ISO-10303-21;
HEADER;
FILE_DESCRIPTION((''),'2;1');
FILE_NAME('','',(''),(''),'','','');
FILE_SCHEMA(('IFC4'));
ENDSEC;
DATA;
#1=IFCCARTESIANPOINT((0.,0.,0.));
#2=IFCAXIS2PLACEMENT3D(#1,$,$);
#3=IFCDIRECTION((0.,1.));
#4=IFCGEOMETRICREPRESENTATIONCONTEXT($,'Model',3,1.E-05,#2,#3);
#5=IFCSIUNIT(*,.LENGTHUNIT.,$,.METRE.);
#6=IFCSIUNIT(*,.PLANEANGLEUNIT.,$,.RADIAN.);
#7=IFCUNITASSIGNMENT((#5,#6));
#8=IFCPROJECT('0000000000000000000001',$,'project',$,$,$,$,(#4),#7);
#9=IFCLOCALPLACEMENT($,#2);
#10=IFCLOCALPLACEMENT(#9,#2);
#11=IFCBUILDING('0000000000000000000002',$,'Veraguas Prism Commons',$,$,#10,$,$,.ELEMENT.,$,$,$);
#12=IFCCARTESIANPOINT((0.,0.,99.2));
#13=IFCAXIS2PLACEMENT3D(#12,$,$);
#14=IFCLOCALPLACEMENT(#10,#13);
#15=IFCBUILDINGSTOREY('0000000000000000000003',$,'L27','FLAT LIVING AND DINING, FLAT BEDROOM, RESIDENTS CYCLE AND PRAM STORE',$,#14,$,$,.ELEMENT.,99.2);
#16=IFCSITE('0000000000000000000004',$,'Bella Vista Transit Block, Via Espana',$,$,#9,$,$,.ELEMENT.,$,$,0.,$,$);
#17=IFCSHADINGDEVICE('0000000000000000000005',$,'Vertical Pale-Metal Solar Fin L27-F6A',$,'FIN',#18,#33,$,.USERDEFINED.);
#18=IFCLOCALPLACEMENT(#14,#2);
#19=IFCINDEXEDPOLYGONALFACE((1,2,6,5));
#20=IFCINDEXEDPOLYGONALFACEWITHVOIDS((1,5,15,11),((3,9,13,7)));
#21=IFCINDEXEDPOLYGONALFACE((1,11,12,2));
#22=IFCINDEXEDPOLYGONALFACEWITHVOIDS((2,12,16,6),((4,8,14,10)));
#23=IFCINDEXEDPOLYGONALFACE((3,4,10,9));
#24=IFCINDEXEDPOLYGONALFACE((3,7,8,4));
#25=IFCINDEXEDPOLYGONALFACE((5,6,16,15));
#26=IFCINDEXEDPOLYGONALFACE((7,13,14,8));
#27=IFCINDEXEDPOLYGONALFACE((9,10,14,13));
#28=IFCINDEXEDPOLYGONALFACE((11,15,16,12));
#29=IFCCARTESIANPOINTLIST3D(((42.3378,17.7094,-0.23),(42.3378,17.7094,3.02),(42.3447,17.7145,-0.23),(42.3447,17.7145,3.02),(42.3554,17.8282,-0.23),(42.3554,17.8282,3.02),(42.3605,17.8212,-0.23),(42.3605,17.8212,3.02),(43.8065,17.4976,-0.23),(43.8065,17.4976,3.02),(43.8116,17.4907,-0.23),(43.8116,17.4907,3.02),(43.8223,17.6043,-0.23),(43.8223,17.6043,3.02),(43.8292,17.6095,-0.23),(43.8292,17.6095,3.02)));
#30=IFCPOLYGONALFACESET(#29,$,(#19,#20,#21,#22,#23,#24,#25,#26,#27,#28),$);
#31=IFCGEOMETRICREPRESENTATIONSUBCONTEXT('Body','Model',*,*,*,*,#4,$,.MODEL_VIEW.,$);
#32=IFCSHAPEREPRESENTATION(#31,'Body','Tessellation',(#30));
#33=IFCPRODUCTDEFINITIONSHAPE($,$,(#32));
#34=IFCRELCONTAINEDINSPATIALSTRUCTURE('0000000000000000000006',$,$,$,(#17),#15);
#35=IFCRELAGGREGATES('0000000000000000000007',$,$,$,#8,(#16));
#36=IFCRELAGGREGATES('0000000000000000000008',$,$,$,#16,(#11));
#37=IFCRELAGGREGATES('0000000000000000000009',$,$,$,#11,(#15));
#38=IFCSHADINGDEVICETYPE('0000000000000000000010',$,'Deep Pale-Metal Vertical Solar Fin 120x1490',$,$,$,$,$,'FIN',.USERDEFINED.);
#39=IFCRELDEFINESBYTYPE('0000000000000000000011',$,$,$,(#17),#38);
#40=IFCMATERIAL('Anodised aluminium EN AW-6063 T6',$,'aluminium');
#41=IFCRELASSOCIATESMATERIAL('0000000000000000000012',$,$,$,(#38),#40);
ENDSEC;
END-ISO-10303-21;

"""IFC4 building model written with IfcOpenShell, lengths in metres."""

from ifc_helpers import new_model, si_unit, direction, frame, origin, origin_2d, place, context, subcontext, project, spatial, hollow_rectangle, extrude, material, material_profile, profile_set, type_object, element, save


model = new_model("IFC4")

# Units and contexts
model_context = context("Model", 3, precision=1e-05, world=origin(), true_north=direction((0.0, 1.0)))
body_context = subcontext(model_context, "Body", "Model", "MODEL_VIEW")
ifc_project = project(units=[si_unit("LENGTHUNIT", "METRE"), si_unit("PLANEANGLEUNIT", "RADIAN")], contexts=[model_context])

# Site, building, storey
site_placement = place(None, origin())
site = spatial("IfcSite", under=ifc_project, at=site_placement, Name="Bella Vista Transit Block, Via Espana", CompositionType="ELEMENT", RefElevation=0.0)
building_placement = place(site_placement, origin())
building = spatial("IfcBuilding", under=site, at=building_placement, Name="Veraguas Prism Commons", CompositionType="ELEMENT")
storey_placement = place(building_placement, frame((0.0, 0.0, 99.2)))
storey = spatial("IfcBuildingStorey", under=building, at=storey_placement, Name="L27", Description="FLAT LIVING AND DINING, FLAT BEDROOM, RESIDENTS CYCLE AND PRAM STORE", CompositionType="ELEMENT", Elevation=99.2)

# Shared definitions
ifc_material_1 = material(Name="Anodised aluminium EN AW-6063 T6", Category="aluminium")

# Shading device
ifc_material_profile_1 = material_profile(ifc_material_1, hollow_rectangle(XDim=0.1201, YDim=1.49, WallThickness=0.0061, at=origin_2d()), Name="FIN120X1490X6")
ifc_profile_set_1 = profile_set([ifc_material_profile_1], Name="Anodised aluminium EN AW-6063 T6")
shading_device_type = type_object("IfcShadingDeviceType", Name="Deep Pale-Metal Vertical Solar Fin 120x1490", ElementType="FIN", PredefinedType="USERDEFINED", material=ifc_profile_set_1)
shading_device_placement = place(storey_placement, frame((43.0835, 17.6594, -0.23), z_axis=(0.0, 0.0, 1.0), x_axis=(0.146775, 0.98917, 0.0)))
element("IfcShadingDevice", 1, at=shading_device_placement, inside=storey, type_object=shading_device_type, Name="Vertical Pale-Metal Solar Fin L27-F6A", ObjectType="FIN", PredefinedType="USERDEFINED", context=body_context, shape_type="SweptSolid", body=[
    extrude(hollow_rectangle(XDim=0.1201, YDim=1.49, WallThickness=0.0061, at=origin_2d()), origin(), (0.0, 0.0, 1.0), 3.25),
])

save(model, "model.ifc")
